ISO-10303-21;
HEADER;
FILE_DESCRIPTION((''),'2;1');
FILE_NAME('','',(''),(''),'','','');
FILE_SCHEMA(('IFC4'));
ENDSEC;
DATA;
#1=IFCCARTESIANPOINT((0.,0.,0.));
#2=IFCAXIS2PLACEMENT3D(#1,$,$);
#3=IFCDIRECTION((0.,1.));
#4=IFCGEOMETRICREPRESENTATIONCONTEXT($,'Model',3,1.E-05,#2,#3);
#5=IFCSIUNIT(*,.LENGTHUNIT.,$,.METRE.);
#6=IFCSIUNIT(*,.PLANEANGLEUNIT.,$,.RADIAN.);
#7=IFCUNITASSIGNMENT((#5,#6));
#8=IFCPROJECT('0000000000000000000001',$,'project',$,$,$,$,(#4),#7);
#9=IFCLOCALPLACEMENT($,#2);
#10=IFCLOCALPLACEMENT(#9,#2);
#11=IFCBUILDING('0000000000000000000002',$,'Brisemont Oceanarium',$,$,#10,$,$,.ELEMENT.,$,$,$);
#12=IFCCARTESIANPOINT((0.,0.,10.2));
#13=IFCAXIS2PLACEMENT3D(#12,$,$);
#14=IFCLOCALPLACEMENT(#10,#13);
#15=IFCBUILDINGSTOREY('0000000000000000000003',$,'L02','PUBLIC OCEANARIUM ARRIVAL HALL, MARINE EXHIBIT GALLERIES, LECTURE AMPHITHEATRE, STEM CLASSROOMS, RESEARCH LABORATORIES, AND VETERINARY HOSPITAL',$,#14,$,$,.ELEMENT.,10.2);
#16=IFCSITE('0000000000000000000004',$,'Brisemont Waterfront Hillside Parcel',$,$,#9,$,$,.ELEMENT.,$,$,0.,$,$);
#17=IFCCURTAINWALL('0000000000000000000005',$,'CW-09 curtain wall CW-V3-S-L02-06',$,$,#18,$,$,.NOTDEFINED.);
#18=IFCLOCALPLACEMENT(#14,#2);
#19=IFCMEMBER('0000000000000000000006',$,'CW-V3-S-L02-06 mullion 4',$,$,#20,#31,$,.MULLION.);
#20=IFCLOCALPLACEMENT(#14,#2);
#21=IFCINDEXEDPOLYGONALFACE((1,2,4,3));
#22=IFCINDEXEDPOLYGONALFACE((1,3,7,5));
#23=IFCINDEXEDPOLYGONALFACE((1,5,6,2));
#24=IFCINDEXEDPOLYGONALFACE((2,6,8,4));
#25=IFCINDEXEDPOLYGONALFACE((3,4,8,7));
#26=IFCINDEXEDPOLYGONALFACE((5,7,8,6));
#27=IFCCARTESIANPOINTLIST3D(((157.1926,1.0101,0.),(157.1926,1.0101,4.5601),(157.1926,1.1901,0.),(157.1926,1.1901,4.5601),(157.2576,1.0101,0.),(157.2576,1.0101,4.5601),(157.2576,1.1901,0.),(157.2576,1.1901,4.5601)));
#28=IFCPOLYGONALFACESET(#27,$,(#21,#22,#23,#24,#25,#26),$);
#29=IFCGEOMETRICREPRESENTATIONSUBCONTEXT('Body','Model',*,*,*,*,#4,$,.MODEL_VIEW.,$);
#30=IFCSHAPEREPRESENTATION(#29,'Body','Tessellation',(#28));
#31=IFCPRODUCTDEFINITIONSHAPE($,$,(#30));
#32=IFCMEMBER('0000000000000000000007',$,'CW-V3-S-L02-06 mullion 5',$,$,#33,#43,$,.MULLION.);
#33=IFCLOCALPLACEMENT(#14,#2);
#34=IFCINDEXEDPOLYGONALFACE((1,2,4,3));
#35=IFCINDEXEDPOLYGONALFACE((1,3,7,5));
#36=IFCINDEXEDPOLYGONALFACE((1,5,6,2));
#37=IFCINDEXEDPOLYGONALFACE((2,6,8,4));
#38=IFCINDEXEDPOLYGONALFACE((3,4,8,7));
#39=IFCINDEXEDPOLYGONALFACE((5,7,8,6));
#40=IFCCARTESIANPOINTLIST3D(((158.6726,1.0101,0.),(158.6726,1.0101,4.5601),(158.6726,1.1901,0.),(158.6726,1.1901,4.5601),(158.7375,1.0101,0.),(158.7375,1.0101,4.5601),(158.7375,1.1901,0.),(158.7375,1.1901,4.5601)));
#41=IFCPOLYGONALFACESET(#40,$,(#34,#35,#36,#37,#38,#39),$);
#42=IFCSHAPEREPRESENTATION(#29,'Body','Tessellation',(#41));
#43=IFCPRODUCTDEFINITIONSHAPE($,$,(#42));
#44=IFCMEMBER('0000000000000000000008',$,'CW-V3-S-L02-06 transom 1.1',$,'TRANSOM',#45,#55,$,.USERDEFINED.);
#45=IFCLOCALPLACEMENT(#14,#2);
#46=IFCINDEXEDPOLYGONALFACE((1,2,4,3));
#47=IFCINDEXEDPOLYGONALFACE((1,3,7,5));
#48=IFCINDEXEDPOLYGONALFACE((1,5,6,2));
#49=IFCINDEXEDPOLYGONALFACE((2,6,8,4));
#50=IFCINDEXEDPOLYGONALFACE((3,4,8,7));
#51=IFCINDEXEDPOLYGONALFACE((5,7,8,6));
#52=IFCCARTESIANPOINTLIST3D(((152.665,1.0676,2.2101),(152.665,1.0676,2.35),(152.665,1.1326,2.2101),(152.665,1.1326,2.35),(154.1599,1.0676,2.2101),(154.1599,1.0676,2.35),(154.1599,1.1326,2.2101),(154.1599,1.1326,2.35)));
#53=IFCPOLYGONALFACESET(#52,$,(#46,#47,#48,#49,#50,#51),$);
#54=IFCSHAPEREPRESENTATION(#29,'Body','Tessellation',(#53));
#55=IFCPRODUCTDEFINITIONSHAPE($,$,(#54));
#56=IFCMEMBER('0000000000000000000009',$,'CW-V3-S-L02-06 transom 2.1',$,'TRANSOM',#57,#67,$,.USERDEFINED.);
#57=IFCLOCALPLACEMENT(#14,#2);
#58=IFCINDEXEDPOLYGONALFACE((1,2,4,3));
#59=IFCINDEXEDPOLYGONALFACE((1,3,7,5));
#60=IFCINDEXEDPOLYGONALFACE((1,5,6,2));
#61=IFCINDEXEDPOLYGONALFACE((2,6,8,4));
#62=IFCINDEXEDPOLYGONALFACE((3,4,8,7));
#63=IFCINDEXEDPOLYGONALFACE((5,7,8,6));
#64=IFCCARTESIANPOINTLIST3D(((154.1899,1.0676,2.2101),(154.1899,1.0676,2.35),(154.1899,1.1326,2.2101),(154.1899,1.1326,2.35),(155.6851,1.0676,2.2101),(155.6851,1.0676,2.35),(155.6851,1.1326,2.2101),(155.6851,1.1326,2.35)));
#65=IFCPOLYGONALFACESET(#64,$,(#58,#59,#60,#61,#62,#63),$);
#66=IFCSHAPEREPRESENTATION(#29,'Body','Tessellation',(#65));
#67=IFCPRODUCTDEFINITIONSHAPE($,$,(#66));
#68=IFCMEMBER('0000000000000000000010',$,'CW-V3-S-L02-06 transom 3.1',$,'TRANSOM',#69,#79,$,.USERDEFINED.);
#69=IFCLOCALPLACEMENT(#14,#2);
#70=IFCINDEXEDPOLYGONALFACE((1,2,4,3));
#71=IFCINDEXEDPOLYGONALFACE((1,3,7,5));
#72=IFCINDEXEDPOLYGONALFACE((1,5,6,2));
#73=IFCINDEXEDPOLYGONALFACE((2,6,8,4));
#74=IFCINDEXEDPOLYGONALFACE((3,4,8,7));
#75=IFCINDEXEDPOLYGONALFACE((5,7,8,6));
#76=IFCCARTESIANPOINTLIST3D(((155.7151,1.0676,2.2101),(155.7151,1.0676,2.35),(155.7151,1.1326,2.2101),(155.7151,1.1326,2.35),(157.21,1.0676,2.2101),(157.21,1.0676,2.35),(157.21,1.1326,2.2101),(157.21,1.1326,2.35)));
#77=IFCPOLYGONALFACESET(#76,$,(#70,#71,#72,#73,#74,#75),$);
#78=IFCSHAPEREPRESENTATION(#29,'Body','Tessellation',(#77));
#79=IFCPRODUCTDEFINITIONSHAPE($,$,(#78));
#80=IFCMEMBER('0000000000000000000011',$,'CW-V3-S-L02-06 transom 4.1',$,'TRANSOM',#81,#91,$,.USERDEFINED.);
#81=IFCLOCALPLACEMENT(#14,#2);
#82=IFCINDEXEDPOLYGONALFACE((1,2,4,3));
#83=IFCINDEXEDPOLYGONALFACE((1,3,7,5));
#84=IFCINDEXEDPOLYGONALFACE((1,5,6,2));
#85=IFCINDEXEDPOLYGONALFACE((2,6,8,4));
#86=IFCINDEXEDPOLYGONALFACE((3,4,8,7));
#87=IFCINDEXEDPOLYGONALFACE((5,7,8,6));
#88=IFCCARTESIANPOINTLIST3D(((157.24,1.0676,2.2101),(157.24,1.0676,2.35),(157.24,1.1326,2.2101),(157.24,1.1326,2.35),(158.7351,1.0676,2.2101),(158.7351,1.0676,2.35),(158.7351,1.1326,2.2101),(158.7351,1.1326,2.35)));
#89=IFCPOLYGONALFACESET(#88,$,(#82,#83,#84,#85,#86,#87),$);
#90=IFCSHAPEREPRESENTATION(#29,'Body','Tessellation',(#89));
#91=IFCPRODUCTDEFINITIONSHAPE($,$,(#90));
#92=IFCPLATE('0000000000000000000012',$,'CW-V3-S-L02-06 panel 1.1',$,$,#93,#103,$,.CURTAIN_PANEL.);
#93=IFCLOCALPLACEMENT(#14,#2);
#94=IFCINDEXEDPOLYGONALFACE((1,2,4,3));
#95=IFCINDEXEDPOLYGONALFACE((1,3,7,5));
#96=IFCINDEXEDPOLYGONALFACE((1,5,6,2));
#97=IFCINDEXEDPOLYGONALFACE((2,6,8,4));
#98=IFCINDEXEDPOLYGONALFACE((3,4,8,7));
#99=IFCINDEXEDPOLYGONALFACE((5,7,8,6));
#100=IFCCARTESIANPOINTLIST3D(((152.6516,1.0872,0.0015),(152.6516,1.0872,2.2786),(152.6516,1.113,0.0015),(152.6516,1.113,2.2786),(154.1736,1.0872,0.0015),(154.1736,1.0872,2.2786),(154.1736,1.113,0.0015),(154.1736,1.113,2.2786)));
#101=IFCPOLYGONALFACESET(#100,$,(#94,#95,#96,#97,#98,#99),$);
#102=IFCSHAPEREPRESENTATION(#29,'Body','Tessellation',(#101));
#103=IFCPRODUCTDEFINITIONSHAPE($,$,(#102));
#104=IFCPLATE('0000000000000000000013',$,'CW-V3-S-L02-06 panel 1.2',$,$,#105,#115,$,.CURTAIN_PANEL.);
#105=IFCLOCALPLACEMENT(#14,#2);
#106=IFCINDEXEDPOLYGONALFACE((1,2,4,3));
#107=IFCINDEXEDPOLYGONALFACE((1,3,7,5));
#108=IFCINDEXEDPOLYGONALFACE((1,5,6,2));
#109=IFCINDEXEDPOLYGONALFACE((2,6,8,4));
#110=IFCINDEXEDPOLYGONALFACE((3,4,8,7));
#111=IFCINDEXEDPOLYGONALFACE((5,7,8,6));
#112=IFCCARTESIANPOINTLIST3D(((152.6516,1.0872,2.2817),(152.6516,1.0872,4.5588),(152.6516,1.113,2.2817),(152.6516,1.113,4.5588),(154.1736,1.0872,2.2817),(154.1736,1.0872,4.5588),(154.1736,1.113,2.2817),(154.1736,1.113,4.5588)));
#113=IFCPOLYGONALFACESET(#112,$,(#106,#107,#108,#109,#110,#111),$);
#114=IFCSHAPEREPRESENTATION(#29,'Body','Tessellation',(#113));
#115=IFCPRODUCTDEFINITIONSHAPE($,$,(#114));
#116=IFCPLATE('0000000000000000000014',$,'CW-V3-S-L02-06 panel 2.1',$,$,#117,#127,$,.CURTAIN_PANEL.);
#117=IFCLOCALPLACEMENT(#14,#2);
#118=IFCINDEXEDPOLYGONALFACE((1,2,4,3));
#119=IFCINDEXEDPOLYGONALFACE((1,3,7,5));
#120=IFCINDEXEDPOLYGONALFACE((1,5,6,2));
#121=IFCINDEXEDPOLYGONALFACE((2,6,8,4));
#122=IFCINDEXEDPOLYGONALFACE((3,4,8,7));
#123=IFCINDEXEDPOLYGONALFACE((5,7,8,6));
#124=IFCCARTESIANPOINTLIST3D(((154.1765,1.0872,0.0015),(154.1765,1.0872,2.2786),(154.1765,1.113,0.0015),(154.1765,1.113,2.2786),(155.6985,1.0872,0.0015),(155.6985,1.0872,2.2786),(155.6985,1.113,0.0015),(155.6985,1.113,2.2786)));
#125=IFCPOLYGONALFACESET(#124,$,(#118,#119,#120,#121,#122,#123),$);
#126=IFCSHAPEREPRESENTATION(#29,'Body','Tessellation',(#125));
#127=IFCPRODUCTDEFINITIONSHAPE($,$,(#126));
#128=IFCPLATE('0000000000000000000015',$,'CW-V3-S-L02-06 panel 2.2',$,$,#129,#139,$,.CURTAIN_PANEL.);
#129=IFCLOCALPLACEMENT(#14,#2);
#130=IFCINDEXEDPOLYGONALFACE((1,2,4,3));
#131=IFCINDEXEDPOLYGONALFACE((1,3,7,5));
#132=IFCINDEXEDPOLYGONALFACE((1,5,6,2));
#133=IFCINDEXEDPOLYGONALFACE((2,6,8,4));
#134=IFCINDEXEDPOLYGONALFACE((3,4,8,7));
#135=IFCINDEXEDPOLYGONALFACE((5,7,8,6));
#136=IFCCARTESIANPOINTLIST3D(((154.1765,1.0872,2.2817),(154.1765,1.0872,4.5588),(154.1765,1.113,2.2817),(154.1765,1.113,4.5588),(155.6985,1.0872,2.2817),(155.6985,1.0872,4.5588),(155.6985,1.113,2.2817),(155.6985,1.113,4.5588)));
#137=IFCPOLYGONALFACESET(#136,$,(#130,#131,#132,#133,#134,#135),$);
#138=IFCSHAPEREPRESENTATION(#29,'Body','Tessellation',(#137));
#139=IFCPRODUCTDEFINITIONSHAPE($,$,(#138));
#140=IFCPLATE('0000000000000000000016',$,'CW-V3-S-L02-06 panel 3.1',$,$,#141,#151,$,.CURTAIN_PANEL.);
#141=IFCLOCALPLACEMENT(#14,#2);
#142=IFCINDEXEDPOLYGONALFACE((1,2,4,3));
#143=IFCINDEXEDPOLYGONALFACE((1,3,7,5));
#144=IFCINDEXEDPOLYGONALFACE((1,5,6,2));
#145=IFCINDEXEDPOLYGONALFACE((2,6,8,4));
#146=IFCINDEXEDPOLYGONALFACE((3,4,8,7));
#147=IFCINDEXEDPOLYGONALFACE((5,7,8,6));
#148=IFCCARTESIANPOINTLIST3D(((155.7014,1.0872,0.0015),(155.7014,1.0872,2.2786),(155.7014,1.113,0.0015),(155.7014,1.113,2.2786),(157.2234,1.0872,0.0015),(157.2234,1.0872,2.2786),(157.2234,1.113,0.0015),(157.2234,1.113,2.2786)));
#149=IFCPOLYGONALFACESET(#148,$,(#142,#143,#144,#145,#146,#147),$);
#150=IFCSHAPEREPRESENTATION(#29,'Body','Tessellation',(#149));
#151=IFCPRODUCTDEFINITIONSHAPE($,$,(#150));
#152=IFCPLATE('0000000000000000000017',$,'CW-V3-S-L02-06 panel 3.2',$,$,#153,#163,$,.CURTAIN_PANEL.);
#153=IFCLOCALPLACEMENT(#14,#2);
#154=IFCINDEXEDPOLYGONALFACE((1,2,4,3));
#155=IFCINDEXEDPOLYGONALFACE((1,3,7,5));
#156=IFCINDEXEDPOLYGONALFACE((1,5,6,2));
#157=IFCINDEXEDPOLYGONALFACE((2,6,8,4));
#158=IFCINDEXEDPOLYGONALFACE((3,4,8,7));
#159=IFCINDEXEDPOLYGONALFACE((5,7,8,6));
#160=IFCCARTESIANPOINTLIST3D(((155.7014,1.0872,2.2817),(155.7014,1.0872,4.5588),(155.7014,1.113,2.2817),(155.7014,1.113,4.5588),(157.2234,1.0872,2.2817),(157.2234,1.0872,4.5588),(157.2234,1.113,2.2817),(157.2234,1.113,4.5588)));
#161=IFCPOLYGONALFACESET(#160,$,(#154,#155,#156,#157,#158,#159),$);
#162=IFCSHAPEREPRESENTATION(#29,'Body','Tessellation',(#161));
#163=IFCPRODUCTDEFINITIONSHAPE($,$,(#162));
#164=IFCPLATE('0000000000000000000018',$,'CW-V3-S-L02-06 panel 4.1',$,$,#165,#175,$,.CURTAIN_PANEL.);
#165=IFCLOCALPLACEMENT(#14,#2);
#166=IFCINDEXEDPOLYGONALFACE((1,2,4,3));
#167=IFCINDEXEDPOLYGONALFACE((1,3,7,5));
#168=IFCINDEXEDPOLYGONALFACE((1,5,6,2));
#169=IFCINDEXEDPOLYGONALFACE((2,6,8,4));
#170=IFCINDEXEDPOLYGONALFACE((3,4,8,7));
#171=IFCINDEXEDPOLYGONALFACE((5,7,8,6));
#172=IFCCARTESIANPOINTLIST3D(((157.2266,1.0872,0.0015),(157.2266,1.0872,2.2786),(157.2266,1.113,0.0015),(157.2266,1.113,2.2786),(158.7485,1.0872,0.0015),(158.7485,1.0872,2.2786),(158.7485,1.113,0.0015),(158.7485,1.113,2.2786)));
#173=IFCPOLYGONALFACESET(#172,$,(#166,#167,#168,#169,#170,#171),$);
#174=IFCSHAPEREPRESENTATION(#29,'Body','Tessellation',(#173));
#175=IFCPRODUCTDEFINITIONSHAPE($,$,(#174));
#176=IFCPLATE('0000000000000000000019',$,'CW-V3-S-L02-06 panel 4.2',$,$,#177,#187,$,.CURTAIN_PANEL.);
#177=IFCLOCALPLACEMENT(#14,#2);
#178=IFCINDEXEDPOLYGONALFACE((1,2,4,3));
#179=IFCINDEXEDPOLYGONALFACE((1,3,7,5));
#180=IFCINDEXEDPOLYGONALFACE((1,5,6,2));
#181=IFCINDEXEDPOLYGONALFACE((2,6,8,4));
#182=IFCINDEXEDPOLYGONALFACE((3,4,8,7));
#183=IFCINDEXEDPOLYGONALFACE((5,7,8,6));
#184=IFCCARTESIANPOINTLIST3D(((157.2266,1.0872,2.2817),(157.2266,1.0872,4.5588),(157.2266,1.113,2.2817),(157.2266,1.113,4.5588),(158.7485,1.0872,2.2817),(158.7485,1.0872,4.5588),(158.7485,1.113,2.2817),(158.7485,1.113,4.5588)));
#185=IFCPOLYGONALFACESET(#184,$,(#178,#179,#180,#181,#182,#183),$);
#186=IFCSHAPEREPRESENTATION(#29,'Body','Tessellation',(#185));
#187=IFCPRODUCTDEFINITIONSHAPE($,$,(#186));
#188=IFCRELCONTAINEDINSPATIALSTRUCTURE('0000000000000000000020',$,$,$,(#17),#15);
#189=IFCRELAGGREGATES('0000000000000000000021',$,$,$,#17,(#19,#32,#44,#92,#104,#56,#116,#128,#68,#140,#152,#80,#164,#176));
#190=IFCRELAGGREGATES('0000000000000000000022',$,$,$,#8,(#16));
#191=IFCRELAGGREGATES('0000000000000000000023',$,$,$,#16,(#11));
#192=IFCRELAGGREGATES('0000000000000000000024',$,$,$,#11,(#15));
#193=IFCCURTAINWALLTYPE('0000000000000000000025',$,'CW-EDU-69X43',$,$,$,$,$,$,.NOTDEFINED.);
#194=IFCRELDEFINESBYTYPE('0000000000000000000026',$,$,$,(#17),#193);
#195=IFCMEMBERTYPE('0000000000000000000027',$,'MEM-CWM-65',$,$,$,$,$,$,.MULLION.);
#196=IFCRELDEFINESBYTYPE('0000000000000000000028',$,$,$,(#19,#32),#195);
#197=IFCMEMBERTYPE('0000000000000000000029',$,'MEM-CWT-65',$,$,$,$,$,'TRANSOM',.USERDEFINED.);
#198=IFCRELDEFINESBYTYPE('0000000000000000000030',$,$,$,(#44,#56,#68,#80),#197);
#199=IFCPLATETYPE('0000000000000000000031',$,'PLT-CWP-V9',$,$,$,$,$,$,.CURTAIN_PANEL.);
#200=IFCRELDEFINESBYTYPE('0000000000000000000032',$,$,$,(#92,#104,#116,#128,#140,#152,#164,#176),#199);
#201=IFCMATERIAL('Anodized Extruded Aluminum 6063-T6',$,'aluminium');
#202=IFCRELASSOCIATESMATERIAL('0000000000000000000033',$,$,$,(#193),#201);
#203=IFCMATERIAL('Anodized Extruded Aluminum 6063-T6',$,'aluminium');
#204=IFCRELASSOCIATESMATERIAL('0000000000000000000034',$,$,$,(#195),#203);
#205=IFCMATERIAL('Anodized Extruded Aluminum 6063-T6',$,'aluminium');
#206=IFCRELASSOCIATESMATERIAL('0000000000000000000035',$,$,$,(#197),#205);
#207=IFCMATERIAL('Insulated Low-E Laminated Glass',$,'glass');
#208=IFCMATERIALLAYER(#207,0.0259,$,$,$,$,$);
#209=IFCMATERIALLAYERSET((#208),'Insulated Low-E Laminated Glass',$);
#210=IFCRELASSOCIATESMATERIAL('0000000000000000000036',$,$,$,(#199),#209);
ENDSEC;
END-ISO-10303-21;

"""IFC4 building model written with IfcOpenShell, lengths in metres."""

from ifc_helpers import new_model, si_unit, direction, frame, origin, origin_2d, place, context, subcontext, project, spatial, rectangle, extrude, material, layer, layer_set, material_profile, profile_set, type_object, element, aggregate, save


model = new_model("IFC4")

# Units and contexts
model_context = context("Model", 3, precision=1e-05, world=origin(), true_north=direction((0.0, 1.0)))
body_context = subcontext(model_context, "Body", "Model", "MODEL_VIEW")
ifc_project = project(units=[si_unit("LENGTHUNIT", "METRE"), si_unit("PLANEANGLEUNIT", "RADIAN")], contexts=[model_context])

# Site, building, storey
site_placement = place(None, origin())
site = spatial("IfcSite", under=ifc_project, at=site_placement, Name="Brisemont Waterfront Hillside Parcel", CompositionType="ELEMENT", RefElevation=0.0)
building_placement = place(site_placement, origin())
building = spatial("IfcBuilding", under=site, at=building_placement, Name="Brisemont Oceanarium", CompositionType="ELEMENT")
storey_placement = place(building_placement, frame((0.0, 0.0, 10.2)))
storey = spatial("IfcBuildingStorey", under=building, at=storey_placement, Name="L02", Description="PUBLIC OCEANARIUM ARRIVAL HALL, MARINE EXHIBIT GALLERIES, LECTURE AMPHITHEATRE, STEM CLASSROOMS, RESEARCH LABORATORIES, AND VETERINARY HOSPITAL", CompositionType="ELEMENT", Elevation=10.2)

# Curtain wall, members, plates
ifc_material_1 = material(Name="Anodized Extruded Aluminum 6063-T6", Category="aluminium")
curtain_wall_type = type_object("IfcCurtainWallType", Name="CW-EDU-69X43", PredefinedType="NOTDEFINED", material=ifc_material_1)
curtain_wall_placement = place(storey_placement, origin())
curtain_wall = element("IfcCurtainWall", 1, at=curtain_wall_placement, inside=storey, type_object=curtain_wall_type, Name="CW-09 curtain wall CW-V3-S-L02-06", PredefinedType="NOTDEFINED")
ifc_material_2 = material(Name="Anodized Extruded Aluminum 6063-T6", Category="aluminium")
ifc_material_profile_1 = material_profile(ifc_material_2, rectangle(XDim=0.0649, YDim=0.1799, at=origin_2d()), Name="CWM-65X180")
ifc_profile_set_1 = profile_set([ifc_material_profile_1], Name="Anodized Extruded Aluminum 6063-T6")
member_type_1 = type_object("IfcMemberType", Name="MEM-CWM-65", PredefinedType="MULLION", material=ifc_profile_set_1)
member_1_placement = place(storey_placement, frame((157.2251, 1.1001, 0.0), z_axis=(0.0, 0.0, 1.0), x_axis=(1.0, 0.0, 0.0)))
member_1 = element("IfcMember", 2, at=member_1_placement, type_object=member_type_1, Name="CW-V3-S-L02-06 mullion 4", PredefinedType="MULLION", context=body_context, shape_type="SweptSolid", body=[
    extrude(rectangle(XDim=0.0649, YDim=0.1799, at=origin_2d()), origin(), (0.0, 0.0, 1.0), 4.5601),
])
member_2_placement = place(storey_placement, frame((158.7051, 1.1001, 0.0), z_axis=(0.0, 0.0, 1.0), x_axis=(1.0, 0.0, 0.0)))
member_2 = element("IfcMember", 3, at=member_2_placement, type_object=member_type_1, Name="CW-V3-S-L02-06 mullion 5", PredefinedType="MULLION", context=body_context, shape_type="SweptSolid", body=[
    extrude(rectangle(XDim=0.0649, YDim=0.1799, at=origin_2d()), origin(), (0.0, 0.0, 1.0), 4.5601),
])
ifc_material_3 = material(Name="Anodized Extruded Aluminum 6063-T6", Category="aluminium")
ifc_material_profile_2 = material_profile(ifc_material_3, rectangle(XDim=0.0649, YDim=0.1399, at=origin_2d()), Name="CWT-65X140")
ifc_profile_set_2 = profile_set([ifc_material_profile_2], Name="Anodized Extruded Aluminum 6063-T6")
member_type_2 = type_object("IfcMemberType", Name="MEM-CWT-65", ElementType="TRANSOM", PredefinedType="USERDEFINED", material=ifc_profile_set_2)
member_3_placement = place(storey_placement, frame((152.665, 1.1001, 2.28), z_axis=(1.0, 0.0, 0.0), x_axis=(0.0, 1.0, 0.0)))
member_3 = element("IfcMember", 4, at=member_3_placement, type_object=member_type_2, Name="CW-V3-S-L02-06 transom 1.1", ObjectType="TRANSOM", PredefinedType="USERDEFINED", context=body_context, shape_type="SweptSolid", body=[
    extrude(rectangle(XDim=0.0649, YDim=0.1399, at=origin_2d()), origin(), (0.0, 0.0, 1.0), 1.4949),
])
member_4_placement = place(storey_placement, frame((154.1899, 1.1001, 2.28), z_axis=(1.0, 0.0, 0.0), x_axis=(0.0, 1.0, 0.0)))
member_4 = element("IfcMember", 5, at=member_4_placement, type_object=member_type_2, Name="CW-V3-S-L02-06 transom 2.1", ObjectType="TRANSOM", PredefinedType="USERDEFINED", context=body_context, shape_type="SweptSolid", body=[
    extrude(rectangle(XDim=0.0649, YDim=0.1399, at=origin_2d()), origin(), (0.0, 0.0, 1.0), 1.4951),
])
member_5_placement = place(storey_placement, frame((155.7151, 1.1001, 2.28), z_axis=(1.0, 0.0, 0.0), x_axis=(0.0, 1.0, 0.0)))
member_5 = element("IfcMember", 6, at=member_5_placement, type_object=member_type_2, Name="CW-V3-S-L02-06 transom 3.1", ObjectType="TRANSOM", PredefinedType="USERDEFINED", context=body_context, shape_type="SweptSolid", body=[
    extrude(rectangle(XDim=0.0649, YDim=0.1399, at=origin_2d()), origin(), (0.0, 0.0, 1.0), 1.4949),
])
member_6_placement = place(storey_placement, frame((157.24, 1.1001, 2.28), z_axis=(1.0, 0.0, 0.0), x_axis=(0.0, 1.0, 0.0)))
member_6 = element("IfcMember", 7, at=member_6_placement, type_object=member_type_2, Name="CW-V3-S-L02-06 transom 4.1", ObjectType="TRANSOM", PredefinedType="USERDEFINED", context=body_context, shape_type="SweptSolid", body=[
    extrude(rectangle(XDim=0.0649, YDim=0.1399, at=origin_2d()), origin(), (0.0, 0.0, 1.0), 1.4951),
])
ifc_material_4 = material(Name="Insulated Low-E Laminated Glass", Category="glass")
ifc_layer_1 = layer(ifc_material_4, 0.0259)
ifc_layer_set_1 = layer_set([ifc_layer_1], Name="Insulated Low-E Laminated Glass")
plate_type = type_object("IfcPlateType", Name="PLT-CWP-V9", PredefinedType="CURTAIN_PANEL", material=ifc_layer_set_1)
plate_1_placement = place(storey_placement, frame((153.4126, 1.1001, 0.0015), z_axis=(0.0, 0.0, 1.0), x_axis=(1.0, 0.0, 0.0)))
plate_1 = element("IfcPlate", 8, at=plate_1_placement, type_object=plate_type, Name="CW-V3-S-L02-06 panel 1.1", PredefinedType="CURTAIN_PANEL", context=body_context, shape_type="SweptSolid", body=[
    extrude(rectangle(XDim=1.522, YDim=0.0259, at=origin_2d()), origin(), (0.0, 0.0, 1.0), 2.2771),
])
plate_2_placement = place(storey_placement, frame((153.4126, 1.1001, 2.2817), z_axis=(0.0, 0.0, 1.0), x_axis=(1.0, 0.0, 0.0)))
plate_2 = element("IfcPlate", 9, at=plate_2_placement, type_object=plate_type, Name="CW-V3-S-L02-06 panel 1.2", PredefinedType="CURTAIN_PANEL", context=body_context, shape_type="SweptSolid", body=[
    extrude(rectangle(XDim=1.522, YDim=0.0259, at=origin_2d()), origin(), (0.0, 0.0, 1.0), 2.2771),
])
plate_3_placement = place(storey_placement, frame((154.9375, 1.1001, 0.0015), z_axis=(0.0, 0.0, 1.0), x_axis=(1.0, 0.0, 0.0)))
plate_3 = element("IfcPlate", 10, at=plate_3_placement, type_object=plate_type, Name="CW-V3-S-L02-06 panel 2.1", PredefinedType="CURTAIN_PANEL", context=body_context, shape_type="SweptSolid", body=[
    extrude(rectangle(XDim=1.522, YDim=0.0259, at=origin_2d()), origin(), (0.0, 0.0, 1.0), 2.2771),
])
plate_4_placement = place(storey_placement, frame((154.9375, 1.1001, 2.2817), z_axis=(0.0, 0.0, 1.0), x_axis=(1.0, 0.0, 0.0)))
plate_4 = element("IfcPlate", 11, at=plate_4_placement, type_object=plate_type, Name="CW-V3-S-L02-06 panel 2.2", PredefinedType="CURTAIN_PANEL", context=body_context, shape_type="SweptSolid", body=[
    extrude(rectangle(XDim=1.522, YDim=0.0259, at=origin_2d()), origin(), (0.0, 0.0, 1.0), 2.2771),
])
plate_5_placement = place(storey_placement, frame((156.4624, 1.1001, 0.0015), z_axis=(0.0, 0.0, 1.0), x_axis=(1.0, 0.0, 0.0)))
plate_5 = element("IfcPlate", 12, at=plate_5_placement, type_object=plate_type, Name="CW-V3-S-L02-06 panel 3.1", PredefinedType="CURTAIN_PANEL", context=body_context, shape_type="SweptSolid", body=[
    extrude(rectangle(XDim=1.522, YDim=0.0259, at=origin_2d()), origin(), (0.0, 0.0, 1.0), 2.2771),
])
plate_6_placement = place(storey_placement, frame((156.4624, 1.1001, 2.2817), z_axis=(0.0, 0.0, 1.0), x_axis=(1.0, 0.0, 0.0)))
plate_6 = element("IfcPlate", 13, at=plate_6_placement, type_object=plate_type, Name="CW-V3-S-L02-06 panel 3.2", PredefinedType="CURTAIN_PANEL", context=body_context, shape_type="SweptSolid", body=[
    extrude(rectangle(XDim=1.522, YDim=0.0259, at=origin_2d()), origin(), (0.0, 0.0, 1.0), 2.2771),
])
plate_7_placement = place(storey_placement, frame((157.9875, 1.1001, 0.0015), z_axis=(0.0, 0.0, 1.0), x_axis=(1.0, 0.0, 0.0)))
plate_7 = element("IfcPlate", 14, at=plate_7_placement, type_object=plate_type, Name="CW-V3-S-L02-06 panel 4.1", PredefinedType="CURTAIN_PANEL", context=body_context, shape_type="SweptSolid", body=[
    extrude(rectangle(XDim=1.522, YDim=0.0259, at=origin_2d()), origin(), (0.0, 0.0, 1.0), 2.2771),
])
plate_8_placement = place(storey_placement, frame((157.9875, 1.1001, 2.2817), z_axis=(0.0, 0.0, 1.0), x_axis=(1.0, 0.0, 0.0)))
plate_8 = element("IfcPlate", 15, at=plate_8_placement, type_object=plate_type, Name="CW-V3-S-L02-06 panel 4.2", PredefinedType="CURTAIN_PANEL", context=body_context, shape_type="SweptSolid", body=[
    extrude(rectangle(XDim=1.522, YDim=0.0259, at=origin_2d()), origin(), (0.0, 0.0, 1.0), 2.2771),
])
aggregate(curtain_wall, [member_1, member_2, member_3, plate_1, plate_2, member_4, plate_3, plate_4, member_5, plate_5, plate_6, member_6, plate_7, plate_8])

save(model, "model.ifc")
